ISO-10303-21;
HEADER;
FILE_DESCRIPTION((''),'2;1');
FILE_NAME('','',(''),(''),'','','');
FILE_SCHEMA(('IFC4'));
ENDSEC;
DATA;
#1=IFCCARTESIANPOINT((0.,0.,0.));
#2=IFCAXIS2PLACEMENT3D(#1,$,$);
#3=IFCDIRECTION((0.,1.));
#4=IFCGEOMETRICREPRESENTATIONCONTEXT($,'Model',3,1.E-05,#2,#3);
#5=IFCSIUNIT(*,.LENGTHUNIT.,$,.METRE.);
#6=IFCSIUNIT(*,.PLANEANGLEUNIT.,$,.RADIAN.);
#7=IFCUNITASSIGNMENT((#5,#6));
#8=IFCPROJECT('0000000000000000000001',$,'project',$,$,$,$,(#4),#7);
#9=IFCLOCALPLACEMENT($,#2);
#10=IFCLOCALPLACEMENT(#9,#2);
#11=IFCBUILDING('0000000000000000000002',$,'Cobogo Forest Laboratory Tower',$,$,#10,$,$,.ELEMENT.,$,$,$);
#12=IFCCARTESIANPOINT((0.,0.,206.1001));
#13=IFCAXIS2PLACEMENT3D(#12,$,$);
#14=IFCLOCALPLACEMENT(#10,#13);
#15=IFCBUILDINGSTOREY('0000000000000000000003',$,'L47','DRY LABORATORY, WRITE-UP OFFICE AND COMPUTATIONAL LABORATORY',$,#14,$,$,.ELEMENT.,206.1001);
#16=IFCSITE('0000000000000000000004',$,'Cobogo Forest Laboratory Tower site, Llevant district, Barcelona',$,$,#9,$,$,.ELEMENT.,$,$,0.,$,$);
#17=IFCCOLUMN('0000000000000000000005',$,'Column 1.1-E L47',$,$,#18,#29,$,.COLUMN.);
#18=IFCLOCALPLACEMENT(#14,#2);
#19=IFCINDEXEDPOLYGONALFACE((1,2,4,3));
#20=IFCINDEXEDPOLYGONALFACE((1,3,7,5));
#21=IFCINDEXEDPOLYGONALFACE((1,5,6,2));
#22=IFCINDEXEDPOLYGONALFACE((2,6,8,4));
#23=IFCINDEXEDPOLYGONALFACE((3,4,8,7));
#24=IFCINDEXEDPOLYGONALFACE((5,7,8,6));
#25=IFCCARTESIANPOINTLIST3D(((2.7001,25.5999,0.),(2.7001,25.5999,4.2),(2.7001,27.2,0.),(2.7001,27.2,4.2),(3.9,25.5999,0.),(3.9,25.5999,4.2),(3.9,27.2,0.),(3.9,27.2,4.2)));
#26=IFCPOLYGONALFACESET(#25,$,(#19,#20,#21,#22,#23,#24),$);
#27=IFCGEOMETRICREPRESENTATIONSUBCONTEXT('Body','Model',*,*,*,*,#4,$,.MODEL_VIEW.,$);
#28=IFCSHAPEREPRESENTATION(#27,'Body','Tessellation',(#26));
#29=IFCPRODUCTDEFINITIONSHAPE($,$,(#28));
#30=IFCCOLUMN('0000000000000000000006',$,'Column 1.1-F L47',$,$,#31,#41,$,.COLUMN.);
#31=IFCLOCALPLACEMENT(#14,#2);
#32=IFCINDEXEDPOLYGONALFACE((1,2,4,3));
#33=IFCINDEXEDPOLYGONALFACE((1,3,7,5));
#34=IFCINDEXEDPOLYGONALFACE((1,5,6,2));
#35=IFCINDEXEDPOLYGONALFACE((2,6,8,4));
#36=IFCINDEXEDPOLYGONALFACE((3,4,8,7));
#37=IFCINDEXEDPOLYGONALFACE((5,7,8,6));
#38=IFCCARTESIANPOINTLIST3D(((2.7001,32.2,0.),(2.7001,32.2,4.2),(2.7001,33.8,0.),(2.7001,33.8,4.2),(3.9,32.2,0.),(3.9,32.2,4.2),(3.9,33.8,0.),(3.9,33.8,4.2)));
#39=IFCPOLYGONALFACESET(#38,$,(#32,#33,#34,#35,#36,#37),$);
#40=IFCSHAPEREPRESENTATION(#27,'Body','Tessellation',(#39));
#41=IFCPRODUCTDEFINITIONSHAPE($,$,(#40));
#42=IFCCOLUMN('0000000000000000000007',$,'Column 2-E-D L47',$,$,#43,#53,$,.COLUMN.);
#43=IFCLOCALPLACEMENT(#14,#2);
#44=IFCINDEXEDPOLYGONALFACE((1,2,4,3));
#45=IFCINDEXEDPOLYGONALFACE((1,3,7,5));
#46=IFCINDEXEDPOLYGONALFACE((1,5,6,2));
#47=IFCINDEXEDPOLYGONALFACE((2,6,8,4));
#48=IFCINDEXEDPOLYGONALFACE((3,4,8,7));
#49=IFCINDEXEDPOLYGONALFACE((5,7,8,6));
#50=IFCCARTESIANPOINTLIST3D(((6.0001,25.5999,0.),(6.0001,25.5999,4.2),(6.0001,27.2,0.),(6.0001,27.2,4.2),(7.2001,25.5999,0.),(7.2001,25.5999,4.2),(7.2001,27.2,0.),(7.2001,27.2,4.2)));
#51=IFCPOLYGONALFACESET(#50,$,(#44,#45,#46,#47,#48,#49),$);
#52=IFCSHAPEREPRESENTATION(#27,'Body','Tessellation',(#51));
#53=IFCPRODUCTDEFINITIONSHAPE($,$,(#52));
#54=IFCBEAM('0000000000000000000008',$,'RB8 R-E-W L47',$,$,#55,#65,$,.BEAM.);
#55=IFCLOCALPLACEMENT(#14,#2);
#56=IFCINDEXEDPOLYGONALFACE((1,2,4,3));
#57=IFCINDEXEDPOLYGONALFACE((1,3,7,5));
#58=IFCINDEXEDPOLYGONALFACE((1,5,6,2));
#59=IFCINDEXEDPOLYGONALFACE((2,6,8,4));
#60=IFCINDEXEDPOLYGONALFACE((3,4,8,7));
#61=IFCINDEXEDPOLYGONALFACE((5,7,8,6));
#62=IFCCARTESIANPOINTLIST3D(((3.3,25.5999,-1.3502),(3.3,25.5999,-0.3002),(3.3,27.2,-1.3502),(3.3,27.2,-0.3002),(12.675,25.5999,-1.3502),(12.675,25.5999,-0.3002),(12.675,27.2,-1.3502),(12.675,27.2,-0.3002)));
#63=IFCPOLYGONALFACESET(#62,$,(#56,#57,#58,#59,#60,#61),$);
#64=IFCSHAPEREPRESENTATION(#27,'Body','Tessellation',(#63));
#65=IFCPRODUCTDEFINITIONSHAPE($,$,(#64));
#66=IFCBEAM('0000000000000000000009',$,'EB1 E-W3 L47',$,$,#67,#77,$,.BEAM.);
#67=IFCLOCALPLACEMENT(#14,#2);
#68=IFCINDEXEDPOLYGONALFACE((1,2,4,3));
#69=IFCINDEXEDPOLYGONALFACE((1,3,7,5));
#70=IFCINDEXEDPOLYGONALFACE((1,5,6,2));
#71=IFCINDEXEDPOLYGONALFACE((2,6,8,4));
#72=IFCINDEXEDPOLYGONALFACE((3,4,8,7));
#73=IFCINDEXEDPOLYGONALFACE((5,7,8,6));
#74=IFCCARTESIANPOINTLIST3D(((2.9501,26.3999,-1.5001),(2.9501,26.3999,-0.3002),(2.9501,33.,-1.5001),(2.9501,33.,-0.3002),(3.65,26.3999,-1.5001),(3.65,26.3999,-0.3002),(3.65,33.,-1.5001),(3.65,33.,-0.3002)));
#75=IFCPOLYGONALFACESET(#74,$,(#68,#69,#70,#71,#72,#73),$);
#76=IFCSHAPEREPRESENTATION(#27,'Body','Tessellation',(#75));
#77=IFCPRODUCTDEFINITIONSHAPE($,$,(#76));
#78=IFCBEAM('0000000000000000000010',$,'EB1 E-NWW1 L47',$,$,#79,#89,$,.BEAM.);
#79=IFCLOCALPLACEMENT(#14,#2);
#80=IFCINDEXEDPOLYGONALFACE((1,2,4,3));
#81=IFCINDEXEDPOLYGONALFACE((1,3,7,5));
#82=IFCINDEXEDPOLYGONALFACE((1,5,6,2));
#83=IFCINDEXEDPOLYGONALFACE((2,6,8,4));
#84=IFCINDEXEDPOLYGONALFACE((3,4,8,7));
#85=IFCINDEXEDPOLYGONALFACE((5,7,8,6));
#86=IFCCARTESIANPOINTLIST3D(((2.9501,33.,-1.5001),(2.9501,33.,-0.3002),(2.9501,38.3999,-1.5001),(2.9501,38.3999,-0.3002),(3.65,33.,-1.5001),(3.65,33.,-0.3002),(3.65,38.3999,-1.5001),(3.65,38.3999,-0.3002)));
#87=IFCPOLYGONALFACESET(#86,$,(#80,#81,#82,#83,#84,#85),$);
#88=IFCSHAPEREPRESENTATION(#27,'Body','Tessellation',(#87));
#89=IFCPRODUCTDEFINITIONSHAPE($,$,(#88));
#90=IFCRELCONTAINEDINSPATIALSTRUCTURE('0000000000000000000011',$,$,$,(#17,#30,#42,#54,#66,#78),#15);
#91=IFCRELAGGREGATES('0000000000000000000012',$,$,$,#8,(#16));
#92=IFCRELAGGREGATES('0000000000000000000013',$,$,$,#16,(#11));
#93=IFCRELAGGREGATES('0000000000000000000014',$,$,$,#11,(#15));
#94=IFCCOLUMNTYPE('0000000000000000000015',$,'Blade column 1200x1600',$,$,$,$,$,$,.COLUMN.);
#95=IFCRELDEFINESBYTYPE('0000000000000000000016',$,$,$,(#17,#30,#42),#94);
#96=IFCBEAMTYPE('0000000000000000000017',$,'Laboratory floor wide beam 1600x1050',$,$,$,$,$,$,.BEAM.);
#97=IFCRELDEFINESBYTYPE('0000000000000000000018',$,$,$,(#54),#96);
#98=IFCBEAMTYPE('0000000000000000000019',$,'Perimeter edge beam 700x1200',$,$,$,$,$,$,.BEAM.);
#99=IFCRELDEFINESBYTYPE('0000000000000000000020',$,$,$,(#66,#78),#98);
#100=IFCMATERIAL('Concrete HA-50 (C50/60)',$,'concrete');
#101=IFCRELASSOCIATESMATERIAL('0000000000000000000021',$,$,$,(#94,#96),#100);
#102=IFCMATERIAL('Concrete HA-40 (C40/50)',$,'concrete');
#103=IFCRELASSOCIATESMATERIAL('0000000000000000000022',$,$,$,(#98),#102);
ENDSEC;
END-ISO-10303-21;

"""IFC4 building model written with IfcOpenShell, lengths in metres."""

from ifc_helpers import new_model, si_unit, direction, frame, origin, origin_2d, place, context, subcontext, project, spatial, rectangle, extrude, material, material_profile, profile_set, type_object, element, save


model = new_model("IFC4")

# Units and contexts
model_context = context("Model", 3, precision=1e-05, world=origin(), true_north=direction((0.0, 1.0)))
body_context = subcontext(model_context, "Body", "Model", "MODEL_VIEW")
ifc_project = project(units=[si_unit("LENGTHUNIT", "METRE"), si_unit("PLANEANGLEUNIT", "RADIAN")], contexts=[model_context])

# Site, building, storey
site_placement = place(None, origin())
site = spatial("IfcSite", under=ifc_project, at=site_placement, Name="Cobogo Forest Laboratory Tower site, Llevant district, Barcelona", CompositionType="ELEMENT", RefElevation=0.0)
building_placement = place(site_placement, origin())
building = spatial("IfcBuilding", under=site, at=building_placement, Name="Cobogo Forest Laboratory Tower", CompositionType="ELEMENT")
storey_placement = place(building_placement, frame((0.0, 0.0, 206.1001)))
storey = spatial("IfcBuildingStorey", under=building, at=storey_placement, Name="L47", Description="DRY LABORATORY, WRITE-UP OFFICE AND COMPUTATIONAL LABORATORY", CompositionType="ELEMENT", Elevation=206.1001)

# Columns
ifc_material_1 = material(Name="Concrete HA-50 (C50/60)", Category="concrete")
ifc_material_profile_1 = material_profile(ifc_material_1, rectangle(XDim=1.6001, YDim=1.2, at=origin_2d()), Name="RC 1200x1600")
ifc_profile_set_1 = profile_set([ifc_material_profile_1], Name="Concrete HA-50 (C50/60)")
column_type = type_object("IfcColumnType", Name="Blade column 1200x1600", PredefinedType="COLUMN", material=ifc_profile_set_1)
for number, where, z_axis, x_axis, name in (
    (1, (3.3, 26.3999, 0.0), (0.0, 0.0, 1.0), (0.0, 1.0, 0.0), "Column 1.1-E L47"),
    (2, (3.3, 33.0, 0.0), (0.0, 0.0, 1.0), (0.0, 1.0, 0.0), "Column 1.1-F L47"),
    (3, (6.6001, 26.3999, 0.0), (0.0, 0.0, 1.0), (0.0, 1.0, 0.0), "Column 2-E-D L47"),
):
    element("IfcColumn", number, at=place(storey_placement, frame(where, z_axis=z_axis, x_axis=x_axis)), inside=storey, type_object=column_type, Name=name, PredefinedType="COLUMN", context=body_context, shape_type="SweptSolid", body=[
        extrude(rectangle(XDim=1.6001, YDim=1.2, at=origin_2d()), origin(), (0.0, 0.0, 1.0), 4.2),
    ])

# Beams
ifc_material_profile_2 = material_profile(ifc_material_1, rectangle(XDim=1.6001, YDim=1.05, at=origin_2d()), Name="RC 1600x1050")
ifc_profile_set_2 = profile_set([ifc_material_profile_2], Name="Concrete HA-50 (C50/60)")
beam_type_1 = type_object("IfcBeamType", Name="Laboratory floor wide beam 1600x1050", PredefinedType="BEAM", material=ifc_profile_set_2)
beam_1_placement = place(storey_placement, frame((12.675, 26.3999, -0.8252), z_axis=(-1.0, 0.0, 0.0), x_axis=(0.0, -1.0, 0.0)))
element("IfcBeam", 4, at=beam_1_placement, inside=storey, type_object=beam_type_1, Name="RB8 R-E-W L47", PredefinedType="BEAM", context=body_context, shape_type="SweptSolid", body=[
    extrude(rectangle(XDim=1.6001, YDim=1.05, at=origin_2d()), origin(), (0.0, 0.0, 1.0), 9.375),
])
ifc_material_2 = material(Name="Concrete HA-40 (C40/50)", Category="concrete")
ifc_material_profile_3 = material_profile(ifc_material_2, rectangle(XDim=0.7, YDim=1.2, at=origin_2d()), Name="RC 700x1200")
ifc_profile_set_3 = profile_set([ifc_material_profile_3], Name="Concrete HA-40 (C40/50)")
beam_type_2 = type_object("IfcBeamType", Name="Perimeter edge beam 700x1200", PredefinedType="BEAM", material=ifc_profile_set_3)
beam_2_placement = place(storey_placement, frame((3.3, 26.3999, -0.9001), z_axis=(0.0, 1.0, 0.0), x_axis=(-1.0, 0.0, 0.0)))
element("IfcBeam", 5, at=beam_2_placement, inside=storey, type_object=beam_type_2, Name="EB1 E-W3 L47", PredefinedType="BEAM", context=body_context, shape_type="SweptSolid", body=[
    extrude(rectangle(XDim=0.7, YDim=1.2, at=origin_2d()), origin(), (0.0, 0.0, 1.0), 6.6001),
])
beam_3_placement = place(storey_placement, frame((3.3, 33.0, -0.9001), z_axis=(0.0, 1.0, 0.0), x_axis=(-1.0, 0.0, 0.0)))
element("IfcBeam", 6, at=beam_3_placement, inside=storey, type_object=beam_type_2, Name="EB1 E-NWW1 L47", PredefinedType="BEAM", context=body_context, shape_type="SweptSolid", body=[
    extrude(rectangle(XDim=0.7, YDim=1.2, at=origin_2d()), origin(), (0.0, 0.0, 1.0), 5.3999),
])

save(model, "model.ifc")
